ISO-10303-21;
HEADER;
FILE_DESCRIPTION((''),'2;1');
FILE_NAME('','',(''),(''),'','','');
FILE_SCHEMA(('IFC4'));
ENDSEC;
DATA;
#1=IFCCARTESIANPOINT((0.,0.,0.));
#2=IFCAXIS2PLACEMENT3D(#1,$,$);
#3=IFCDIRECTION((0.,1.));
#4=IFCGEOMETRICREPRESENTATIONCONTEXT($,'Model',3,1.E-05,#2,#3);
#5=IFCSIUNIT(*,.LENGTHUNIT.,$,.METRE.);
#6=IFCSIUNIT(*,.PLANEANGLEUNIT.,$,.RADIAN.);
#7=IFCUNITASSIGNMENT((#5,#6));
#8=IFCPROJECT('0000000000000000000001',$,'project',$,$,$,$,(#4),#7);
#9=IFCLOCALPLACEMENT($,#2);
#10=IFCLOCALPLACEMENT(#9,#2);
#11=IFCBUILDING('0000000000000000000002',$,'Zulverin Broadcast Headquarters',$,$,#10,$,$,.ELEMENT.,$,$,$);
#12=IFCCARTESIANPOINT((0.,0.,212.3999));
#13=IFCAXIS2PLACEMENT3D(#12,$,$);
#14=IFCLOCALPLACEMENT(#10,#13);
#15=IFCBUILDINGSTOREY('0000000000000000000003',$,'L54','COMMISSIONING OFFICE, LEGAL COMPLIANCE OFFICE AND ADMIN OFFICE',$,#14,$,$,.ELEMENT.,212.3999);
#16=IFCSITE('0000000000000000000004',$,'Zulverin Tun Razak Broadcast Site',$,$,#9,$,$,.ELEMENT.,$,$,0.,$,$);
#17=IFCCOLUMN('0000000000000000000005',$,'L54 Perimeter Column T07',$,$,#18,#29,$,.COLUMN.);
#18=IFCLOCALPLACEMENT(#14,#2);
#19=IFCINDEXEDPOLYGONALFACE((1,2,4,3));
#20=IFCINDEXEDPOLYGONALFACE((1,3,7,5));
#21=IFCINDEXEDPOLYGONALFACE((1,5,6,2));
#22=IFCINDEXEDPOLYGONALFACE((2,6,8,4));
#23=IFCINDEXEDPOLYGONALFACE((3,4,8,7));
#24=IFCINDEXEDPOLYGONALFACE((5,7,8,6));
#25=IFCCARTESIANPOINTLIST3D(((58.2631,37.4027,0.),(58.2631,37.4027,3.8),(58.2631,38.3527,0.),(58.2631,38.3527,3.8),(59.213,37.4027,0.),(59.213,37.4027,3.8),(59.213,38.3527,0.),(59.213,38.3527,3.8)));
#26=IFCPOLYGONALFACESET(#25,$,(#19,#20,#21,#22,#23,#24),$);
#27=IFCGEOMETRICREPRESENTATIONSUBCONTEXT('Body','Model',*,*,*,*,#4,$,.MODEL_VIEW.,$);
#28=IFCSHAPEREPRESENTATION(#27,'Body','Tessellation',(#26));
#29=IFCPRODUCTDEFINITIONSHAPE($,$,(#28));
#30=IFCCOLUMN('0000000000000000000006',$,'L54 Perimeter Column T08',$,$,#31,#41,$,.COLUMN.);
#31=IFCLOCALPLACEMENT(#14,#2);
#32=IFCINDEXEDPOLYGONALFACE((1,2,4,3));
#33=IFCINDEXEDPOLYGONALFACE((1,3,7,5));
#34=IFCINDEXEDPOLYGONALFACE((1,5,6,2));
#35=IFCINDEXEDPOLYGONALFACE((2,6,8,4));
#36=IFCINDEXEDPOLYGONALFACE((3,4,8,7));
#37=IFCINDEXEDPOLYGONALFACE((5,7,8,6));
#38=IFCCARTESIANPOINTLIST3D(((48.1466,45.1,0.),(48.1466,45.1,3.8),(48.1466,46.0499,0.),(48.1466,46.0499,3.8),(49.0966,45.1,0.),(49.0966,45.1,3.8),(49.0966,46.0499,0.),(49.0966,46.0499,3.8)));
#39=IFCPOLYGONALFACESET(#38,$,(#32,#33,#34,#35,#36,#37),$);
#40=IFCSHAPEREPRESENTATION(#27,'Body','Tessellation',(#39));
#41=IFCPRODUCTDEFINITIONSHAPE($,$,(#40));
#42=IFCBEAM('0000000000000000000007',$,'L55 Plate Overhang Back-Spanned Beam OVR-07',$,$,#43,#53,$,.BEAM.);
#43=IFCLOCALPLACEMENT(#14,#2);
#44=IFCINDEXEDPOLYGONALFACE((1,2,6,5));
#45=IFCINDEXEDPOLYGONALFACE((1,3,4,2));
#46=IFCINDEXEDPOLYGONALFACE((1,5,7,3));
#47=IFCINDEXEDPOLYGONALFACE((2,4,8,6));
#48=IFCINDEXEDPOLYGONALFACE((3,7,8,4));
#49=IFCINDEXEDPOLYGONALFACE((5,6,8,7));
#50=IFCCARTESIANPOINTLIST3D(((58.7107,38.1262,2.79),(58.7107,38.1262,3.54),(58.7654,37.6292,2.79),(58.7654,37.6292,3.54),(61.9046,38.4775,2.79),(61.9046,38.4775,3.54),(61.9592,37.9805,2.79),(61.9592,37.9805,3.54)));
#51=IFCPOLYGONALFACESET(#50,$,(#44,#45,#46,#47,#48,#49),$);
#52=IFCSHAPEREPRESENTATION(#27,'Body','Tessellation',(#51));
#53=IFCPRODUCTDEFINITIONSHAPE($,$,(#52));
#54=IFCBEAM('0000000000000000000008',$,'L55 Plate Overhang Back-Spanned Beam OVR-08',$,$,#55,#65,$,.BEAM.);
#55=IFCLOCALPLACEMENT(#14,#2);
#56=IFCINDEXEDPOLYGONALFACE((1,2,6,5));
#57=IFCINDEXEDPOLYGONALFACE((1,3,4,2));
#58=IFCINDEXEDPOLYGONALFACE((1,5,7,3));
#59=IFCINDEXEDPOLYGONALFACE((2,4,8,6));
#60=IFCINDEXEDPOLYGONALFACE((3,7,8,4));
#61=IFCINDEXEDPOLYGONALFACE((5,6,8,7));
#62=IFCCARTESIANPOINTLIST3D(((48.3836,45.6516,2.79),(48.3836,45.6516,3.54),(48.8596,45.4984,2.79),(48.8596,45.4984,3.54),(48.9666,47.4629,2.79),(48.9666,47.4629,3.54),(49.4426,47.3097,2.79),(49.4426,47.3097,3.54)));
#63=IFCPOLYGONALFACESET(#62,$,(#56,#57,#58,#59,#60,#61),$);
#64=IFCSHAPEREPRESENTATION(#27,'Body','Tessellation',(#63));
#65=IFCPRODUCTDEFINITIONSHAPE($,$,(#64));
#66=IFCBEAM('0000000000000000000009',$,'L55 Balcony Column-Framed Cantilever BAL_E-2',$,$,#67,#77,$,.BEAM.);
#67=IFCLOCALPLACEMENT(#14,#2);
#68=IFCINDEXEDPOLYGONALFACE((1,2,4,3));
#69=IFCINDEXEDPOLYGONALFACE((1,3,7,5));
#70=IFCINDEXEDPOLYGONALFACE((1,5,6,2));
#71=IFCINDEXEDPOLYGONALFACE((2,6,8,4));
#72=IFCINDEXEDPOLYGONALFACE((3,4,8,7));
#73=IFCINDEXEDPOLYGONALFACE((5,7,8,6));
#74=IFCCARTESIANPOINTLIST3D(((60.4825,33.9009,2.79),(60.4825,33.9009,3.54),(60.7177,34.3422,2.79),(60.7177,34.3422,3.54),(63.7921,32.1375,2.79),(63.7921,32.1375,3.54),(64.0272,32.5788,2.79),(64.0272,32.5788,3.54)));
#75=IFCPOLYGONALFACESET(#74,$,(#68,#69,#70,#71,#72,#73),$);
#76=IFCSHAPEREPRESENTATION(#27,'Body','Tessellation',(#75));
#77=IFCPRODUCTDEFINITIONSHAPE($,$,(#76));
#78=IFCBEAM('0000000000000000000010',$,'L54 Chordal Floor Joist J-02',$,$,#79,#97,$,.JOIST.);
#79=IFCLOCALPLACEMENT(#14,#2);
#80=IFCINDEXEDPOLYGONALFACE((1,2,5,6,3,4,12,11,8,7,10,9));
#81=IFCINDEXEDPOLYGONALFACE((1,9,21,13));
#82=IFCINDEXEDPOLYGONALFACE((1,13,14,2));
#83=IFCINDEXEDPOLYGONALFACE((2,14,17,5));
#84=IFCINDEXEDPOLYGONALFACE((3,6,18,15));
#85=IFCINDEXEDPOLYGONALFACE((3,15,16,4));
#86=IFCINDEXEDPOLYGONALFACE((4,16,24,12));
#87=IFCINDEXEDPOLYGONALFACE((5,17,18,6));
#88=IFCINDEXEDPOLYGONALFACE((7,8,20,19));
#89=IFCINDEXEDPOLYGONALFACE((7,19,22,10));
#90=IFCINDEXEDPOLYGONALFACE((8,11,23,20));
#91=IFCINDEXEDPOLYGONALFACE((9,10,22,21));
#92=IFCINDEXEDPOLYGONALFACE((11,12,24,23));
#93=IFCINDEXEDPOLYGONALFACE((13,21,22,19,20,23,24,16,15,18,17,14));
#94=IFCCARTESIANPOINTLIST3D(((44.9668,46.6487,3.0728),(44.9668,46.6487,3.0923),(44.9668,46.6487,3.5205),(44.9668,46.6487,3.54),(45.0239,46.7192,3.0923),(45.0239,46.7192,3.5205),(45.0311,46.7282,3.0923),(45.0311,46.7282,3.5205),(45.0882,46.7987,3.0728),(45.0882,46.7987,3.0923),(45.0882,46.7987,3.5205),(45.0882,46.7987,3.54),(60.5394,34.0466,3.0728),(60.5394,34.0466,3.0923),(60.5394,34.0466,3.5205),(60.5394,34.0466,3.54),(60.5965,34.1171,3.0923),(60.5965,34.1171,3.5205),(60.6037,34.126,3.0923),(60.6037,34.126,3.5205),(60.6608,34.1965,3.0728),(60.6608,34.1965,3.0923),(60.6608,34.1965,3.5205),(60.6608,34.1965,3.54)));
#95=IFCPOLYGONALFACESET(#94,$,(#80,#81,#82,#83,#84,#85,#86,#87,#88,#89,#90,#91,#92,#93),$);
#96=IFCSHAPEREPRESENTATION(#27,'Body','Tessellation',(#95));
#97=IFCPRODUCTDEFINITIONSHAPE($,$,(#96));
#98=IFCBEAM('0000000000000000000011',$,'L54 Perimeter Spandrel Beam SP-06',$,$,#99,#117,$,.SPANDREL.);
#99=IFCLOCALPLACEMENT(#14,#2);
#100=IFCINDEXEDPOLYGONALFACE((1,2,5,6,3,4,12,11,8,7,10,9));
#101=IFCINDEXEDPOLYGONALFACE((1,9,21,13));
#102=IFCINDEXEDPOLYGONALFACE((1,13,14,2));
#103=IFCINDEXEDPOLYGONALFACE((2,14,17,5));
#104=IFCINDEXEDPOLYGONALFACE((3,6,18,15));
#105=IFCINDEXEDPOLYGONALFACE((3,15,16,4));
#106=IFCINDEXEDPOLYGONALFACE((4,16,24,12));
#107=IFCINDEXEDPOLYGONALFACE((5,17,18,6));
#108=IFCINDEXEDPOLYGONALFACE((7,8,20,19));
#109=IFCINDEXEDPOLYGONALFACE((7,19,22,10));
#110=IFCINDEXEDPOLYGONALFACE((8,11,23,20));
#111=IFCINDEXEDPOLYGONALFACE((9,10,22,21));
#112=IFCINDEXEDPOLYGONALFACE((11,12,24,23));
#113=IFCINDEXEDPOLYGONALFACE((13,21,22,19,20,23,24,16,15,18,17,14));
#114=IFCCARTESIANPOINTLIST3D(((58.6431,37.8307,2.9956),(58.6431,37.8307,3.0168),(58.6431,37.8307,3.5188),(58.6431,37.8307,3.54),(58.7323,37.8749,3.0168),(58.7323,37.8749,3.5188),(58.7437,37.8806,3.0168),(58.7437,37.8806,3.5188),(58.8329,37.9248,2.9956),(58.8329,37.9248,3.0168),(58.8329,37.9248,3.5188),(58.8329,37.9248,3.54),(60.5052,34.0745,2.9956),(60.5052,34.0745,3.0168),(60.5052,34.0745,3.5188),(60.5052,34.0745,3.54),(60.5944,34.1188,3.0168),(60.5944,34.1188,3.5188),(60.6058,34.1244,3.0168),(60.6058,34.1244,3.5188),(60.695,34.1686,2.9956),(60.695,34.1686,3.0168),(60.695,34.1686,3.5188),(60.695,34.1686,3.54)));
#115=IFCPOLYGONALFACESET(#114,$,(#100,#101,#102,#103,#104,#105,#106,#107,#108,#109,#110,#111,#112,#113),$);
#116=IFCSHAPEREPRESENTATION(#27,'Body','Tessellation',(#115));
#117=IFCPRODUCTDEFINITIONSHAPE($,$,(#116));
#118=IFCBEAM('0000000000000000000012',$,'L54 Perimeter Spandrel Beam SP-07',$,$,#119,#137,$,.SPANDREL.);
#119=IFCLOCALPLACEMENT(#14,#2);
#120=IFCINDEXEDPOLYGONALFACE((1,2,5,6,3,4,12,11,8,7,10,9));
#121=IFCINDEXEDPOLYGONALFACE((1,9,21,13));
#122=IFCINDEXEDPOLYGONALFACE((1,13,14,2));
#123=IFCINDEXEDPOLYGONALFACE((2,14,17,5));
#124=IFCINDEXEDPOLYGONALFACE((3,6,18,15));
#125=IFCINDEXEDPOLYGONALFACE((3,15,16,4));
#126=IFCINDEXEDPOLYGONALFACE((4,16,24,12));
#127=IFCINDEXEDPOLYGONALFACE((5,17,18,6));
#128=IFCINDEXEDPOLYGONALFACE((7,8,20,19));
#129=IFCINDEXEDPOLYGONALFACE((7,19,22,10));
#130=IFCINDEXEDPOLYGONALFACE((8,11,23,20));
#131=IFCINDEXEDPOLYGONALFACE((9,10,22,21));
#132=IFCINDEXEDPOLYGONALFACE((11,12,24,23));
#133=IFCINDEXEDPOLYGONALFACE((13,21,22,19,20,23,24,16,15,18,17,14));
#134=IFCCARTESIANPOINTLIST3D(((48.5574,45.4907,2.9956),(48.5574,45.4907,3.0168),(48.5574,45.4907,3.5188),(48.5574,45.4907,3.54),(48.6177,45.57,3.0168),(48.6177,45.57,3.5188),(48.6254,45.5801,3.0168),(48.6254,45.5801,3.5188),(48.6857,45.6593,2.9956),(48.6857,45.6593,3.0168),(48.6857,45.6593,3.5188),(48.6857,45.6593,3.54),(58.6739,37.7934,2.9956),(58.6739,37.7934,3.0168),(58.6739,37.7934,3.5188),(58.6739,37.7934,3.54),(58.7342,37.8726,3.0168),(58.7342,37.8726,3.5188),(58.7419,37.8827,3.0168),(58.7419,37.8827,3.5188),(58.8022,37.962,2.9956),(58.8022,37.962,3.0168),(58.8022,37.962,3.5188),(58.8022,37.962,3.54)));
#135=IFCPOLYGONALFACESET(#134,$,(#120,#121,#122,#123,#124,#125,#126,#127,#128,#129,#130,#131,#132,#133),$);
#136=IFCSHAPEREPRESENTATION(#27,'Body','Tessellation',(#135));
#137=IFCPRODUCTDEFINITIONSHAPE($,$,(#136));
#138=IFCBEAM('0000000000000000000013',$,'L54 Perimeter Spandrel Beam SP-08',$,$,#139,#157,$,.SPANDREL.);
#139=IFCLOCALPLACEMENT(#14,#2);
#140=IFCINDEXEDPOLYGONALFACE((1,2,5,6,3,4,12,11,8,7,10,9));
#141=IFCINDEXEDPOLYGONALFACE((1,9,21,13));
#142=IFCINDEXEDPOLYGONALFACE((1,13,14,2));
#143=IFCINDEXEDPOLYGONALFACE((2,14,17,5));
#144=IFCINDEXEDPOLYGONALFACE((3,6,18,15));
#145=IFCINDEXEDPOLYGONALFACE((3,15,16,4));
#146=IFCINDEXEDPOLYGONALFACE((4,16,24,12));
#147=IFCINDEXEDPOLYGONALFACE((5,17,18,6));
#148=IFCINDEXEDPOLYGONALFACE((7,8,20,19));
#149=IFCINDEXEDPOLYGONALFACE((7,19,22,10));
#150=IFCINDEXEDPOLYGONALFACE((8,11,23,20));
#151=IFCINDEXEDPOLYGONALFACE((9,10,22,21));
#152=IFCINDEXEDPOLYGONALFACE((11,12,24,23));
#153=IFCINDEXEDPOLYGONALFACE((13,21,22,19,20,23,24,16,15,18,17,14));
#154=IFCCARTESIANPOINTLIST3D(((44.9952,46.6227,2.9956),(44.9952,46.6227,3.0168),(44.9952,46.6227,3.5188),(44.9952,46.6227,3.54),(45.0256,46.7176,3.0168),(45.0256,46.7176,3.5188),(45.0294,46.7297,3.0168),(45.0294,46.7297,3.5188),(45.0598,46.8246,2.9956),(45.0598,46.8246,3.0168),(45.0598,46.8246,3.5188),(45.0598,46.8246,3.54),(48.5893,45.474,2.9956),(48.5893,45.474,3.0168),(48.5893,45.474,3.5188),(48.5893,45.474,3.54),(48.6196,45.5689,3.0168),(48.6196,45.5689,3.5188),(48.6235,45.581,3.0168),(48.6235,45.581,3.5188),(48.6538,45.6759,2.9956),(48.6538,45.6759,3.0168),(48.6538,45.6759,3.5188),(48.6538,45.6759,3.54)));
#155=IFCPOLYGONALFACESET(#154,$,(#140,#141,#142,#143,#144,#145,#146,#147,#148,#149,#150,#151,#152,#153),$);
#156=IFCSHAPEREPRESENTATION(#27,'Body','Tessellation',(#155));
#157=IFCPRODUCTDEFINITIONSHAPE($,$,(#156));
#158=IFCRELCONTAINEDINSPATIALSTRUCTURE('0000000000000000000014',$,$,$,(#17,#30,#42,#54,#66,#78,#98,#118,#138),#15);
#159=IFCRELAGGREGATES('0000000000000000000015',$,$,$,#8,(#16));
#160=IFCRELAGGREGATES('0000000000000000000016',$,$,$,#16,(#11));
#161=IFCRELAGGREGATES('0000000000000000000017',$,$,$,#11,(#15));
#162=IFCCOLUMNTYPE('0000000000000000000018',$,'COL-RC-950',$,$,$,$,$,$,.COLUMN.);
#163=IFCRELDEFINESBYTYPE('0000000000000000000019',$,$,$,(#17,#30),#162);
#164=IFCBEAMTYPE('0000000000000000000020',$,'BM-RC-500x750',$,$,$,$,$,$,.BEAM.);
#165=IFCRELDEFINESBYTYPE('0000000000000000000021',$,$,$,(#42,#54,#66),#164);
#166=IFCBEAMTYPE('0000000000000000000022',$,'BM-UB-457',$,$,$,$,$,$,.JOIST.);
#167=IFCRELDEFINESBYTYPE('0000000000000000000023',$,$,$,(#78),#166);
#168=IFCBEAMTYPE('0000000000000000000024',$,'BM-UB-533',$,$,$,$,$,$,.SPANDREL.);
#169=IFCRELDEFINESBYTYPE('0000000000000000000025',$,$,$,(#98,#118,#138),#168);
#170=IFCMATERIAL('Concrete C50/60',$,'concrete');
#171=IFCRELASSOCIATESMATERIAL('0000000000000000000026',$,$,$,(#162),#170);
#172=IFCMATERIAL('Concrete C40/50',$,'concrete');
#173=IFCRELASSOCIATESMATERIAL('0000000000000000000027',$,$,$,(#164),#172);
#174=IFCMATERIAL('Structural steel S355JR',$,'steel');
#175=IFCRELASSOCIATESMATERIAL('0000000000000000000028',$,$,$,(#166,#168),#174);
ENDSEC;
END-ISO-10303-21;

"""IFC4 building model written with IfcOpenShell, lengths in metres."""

from ifc_helpers import new_model, si_unit, direction, frame, origin, origin_2d, place, context, subcontext, project, spatial, rectangle, i_section, extrude, material, material_profile, profile_set, type_object, element, save


model = new_model("IFC4")

# Units and contexts
model_context = context("Model", 3, precision=1e-05, world=origin(), true_north=direction((0.0, 1.0)))
body_context = subcontext(model_context, "Body", "Model", "MODEL_VIEW")
ifc_project = project(units=[si_unit("LENGTHUNIT", "METRE"), si_unit("PLANEANGLEUNIT", "RADIAN")], contexts=[model_context])

# Site, building, storey
site_placement = place(None, origin())
site = spatial("IfcSite", under=ifc_project, at=site_placement, Name="Zulverin Tun Razak Broadcast Site", CompositionType="ELEMENT", RefElevation=0.0)
building_placement = place(site_placement, origin())
building = spatial("IfcBuilding", under=site, at=building_placement, Name="Zulverin Broadcast Headquarters", CompositionType="ELEMENT")
storey_placement = place(building_placement, frame((0.0, 0.0, 212.3999)))
storey = spatial("IfcBuildingStorey", under=building, at=storey_placement, Name="L54", Description="COMMISSIONING OFFICE, LEGAL COMPLIANCE OFFICE AND ADMIN OFFICE", CompositionType="ELEMENT", Elevation=212.3999)

# Columns
ifc_material_1 = material(Name="Concrete C50/60", Category="concrete")
ifc_material_profile_1 = material_profile(ifc_material_1, rectangle(XDim=0.95, YDim=0.95, at=origin_2d()), Name="Concrete C50/60", Category="concrete")
ifc_profile_set_1 = profile_set([ifc_material_profile_1], Name="Concrete C50/60")
column_type = type_object("IfcColumnType", Name="COL-RC-950", PredefinedType="COLUMN", material=ifc_profile_set_1)
for number, where, z_axis, x_axis, name in (
    (1, (58.738, 37.8777, 0.0), (0.0, 0.0, 1.0), (1.0, 0.0, 0.0), "L54 Perimeter Column T07"),
    (2, (48.6216, 45.575, 0.0), (0.0, 0.0, 1.0), (1.0, 0.0, 0.0), "L54 Perimeter Column T08"),
):
    element("IfcColumn", number, at=place(storey_placement, frame(where, z_axis=z_axis, x_axis=x_axis)), inside=storey, type_object=column_type, Name=name, PredefinedType="COLUMN", context=body_context, shape_type="SweptSolid", body=[
        extrude(rectangle(XDim=0.95, YDim=0.95, at=origin_2d()), origin(), (0.0, 0.0, 1.0), 3.8),
    ])

# Beams
ifc_material_2 = material(Name="Concrete C40/50", Category="concrete")
ifc_material_profile_2 = material_profile(ifc_material_2, rectangle(XDim=0.5, YDim=0.75, at=origin_2d()), Name="Concrete C40/50", Category="concrete")
ifc_profile_set_2 = profile_set([ifc_material_profile_2], Name="Concrete C40/50")
beam_type_1 = type_object("IfcBeamType", Name="BM-RC-500x750", PredefinedType="BEAM", material=ifc_profile_set_2)
beam_1_placement = place(storey_placement, frame((58.738, 37.8777, 3.165), z_axis=(0.994005, 0.109339, 0.0), x_axis=(-0.109339, 0.994005, 0.0)))
element("IfcBeam", 3, at=beam_1_placement, inside=storey, type_object=beam_type_1, Name="L55 Plate Overhang Back-Spanned Beam OVR-07", PredefinedType="BEAM", context=body_context, shape_type="SweptSolid", body=[
    extrude(rectangle(XDim=0.5, YDim=0.75, at=origin_2d()), origin(), (0.0, 0.0, 1.0), 3.2131),
])
beam_2_placement = place(storey_placement, frame((48.6216, 45.575, 3.165), z_axis=(0.306395, 0.951904, 0.0), x_axis=(-0.951904, 0.306395, 0.0)))
element("IfcBeam", 4, at=beam_2_placement, inside=storey, type_object=beam_type_1, Name="L55 Plate Overhang Back-Spanned Beam OVR-08", PredefinedType="BEAM", context=body_context, shape_type="SweptSolid", body=[
    extrude(rectangle(XDim=0.5, YDim=0.75, at=origin_2d()), origin(), (0.0, 0.0, 1.0), 1.9028),
])
beam_3_placement = place(storey_placement, frame((60.6001, 34.1216, 3.165), z_axis=(0.882538, -0.47024, 0.0), x_axis=(0.47024, 0.882538, 0.0)))
element("IfcBeam", 5, at=beam_3_placement, inside=storey, type_object=beam_type_1, Name="L55 Balcony Column-Framed Cantilever BAL_E-2", PredefinedType="BEAM", context=body_context, shape_type="SweptSolid", body=[
    extrude(rectangle(XDim=0.5, YDim=0.75, at=origin_2d()), origin(), (0.0, 0.0, 1.0), 3.75),
])
ifc_material_3 = material(Name="Structural steel S355JR", Category="steel")
ifc_material_profile_3 = material_profile(ifc_material_3, i_section(OverallWidth=0.1929, OverallDepth=0.4673, WebThickness=0.0115, FlangeThickness=0.0195, at=origin_2d()), Name="Structural steel S355JR", Category="steel")
ifc_profile_set_3 = profile_set([ifc_material_profile_3], Name="Structural steel S355JR")
beam_type_2 = type_object("IfcBeamType", Name="BM-UB-457", PredefinedType="JOIST", material=ifc_profile_set_3)
beam_4_placement = place(storey_placement, frame((60.6001, 34.1216, 3.3064), z_axis=(-0.777349, 0.62907, 0.0), x_axis=(-0.62907, -0.777349, 0.0)))
element("IfcBeam", 6, at=beam_4_placement, inside=storey, type_object=beam_type_2, Name="L54 Chordal Floor Joist J-02", PredefinedType="JOIST", context=body_context, shape_type="SweptSolid", body=[
    extrude(i_section(OverallWidth=0.1929, OverallDepth=0.4673, WebThickness=0.0115, FlangeThickness=0.0195, at=origin_2d()), origin(), (0.0, 0.0, 1.0), 20.033),
])
ifc_material_profile_4 = material_profile(ifc_material_3, i_section(OverallWidth=0.2119, OverallDepth=0.5444, WebThickness=0.0127, FlangeThickness=0.0212, at=origin_2d()), Name="Structural steel S355JR", Category="steel")
ifc_profile_set_4 = profile_set([ifc_material_profile_4], Name="Structural steel S355JR")
beam_type_3 = type_object("IfcBeamType", Name="BM-UB-533", PredefinedType="SPANDREL", material=ifc_profile_set_4)
beam_5_placement = place(storey_placement, frame((60.6001, 34.1216, 3.2678), z_axis=(-0.444159, 0.895948, 0.0), x_axis=(-0.895948, -0.444159, 0.0)))
element("IfcBeam", 7, at=beam_5_placement, inside=storey, type_object=beam_type_3, Name="L54 Perimeter Spandrel Beam SP-06", PredefinedType="SPANDREL", context=body_context, shape_type="SweptSolid", body=[
    extrude(i_section(OverallWidth=0.2119, OverallDepth=0.5444, WebThickness=0.0127, FlangeThickness=0.0212, at=origin_2d()), origin(), (0.0, 0.0, 1.0), 4.1924),
])
beam_6_placement = place(storey_placement, frame((58.738, 37.8777, 3.2678), z_axis=(-0.79583, 0.60552, 0.0), x_axis=(-0.60552, -0.79583, 0.0)))
element("IfcBeam", 8, at=beam_6_placement, inside=storey, type_object=beam_type_3, Name="L54 Perimeter Spandrel Beam SP-07", PredefinedType="SPANDREL", context=body_context, shape_type="SweptSolid", body=[
    extrude(i_section(OverallWidth=0.2119, OverallDepth=0.5444, WebThickness=0.0127, FlangeThickness=0.0212, at=origin_2d()), origin(), (0.0, 0.0, 1.0), 12.7119),
])
beam_7_placement = place(storey_placement, frame((48.6216, 45.575, 3.2678), z_axis=(-0.952532, 0.30444, 0.0), x_axis=(-0.30444, -0.952532, 0.0)))
element("IfcBeam", 9, at=beam_7_placement, inside=storey, type_object=beam_type_3, Name="L54 Perimeter Spandrel Beam SP-08", PredefinedType="SPANDREL", context=body_context, shape_type="SweptSolid", body=[
    extrude(i_section(OverallWidth=0.2119, OverallDepth=0.5444, WebThickness=0.0127, FlangeThickness=0.0212, at=origin_2d()), origin(), (0.0, 0.0, 1.0), 3.7732),
])

save(model, "model.ifc")
